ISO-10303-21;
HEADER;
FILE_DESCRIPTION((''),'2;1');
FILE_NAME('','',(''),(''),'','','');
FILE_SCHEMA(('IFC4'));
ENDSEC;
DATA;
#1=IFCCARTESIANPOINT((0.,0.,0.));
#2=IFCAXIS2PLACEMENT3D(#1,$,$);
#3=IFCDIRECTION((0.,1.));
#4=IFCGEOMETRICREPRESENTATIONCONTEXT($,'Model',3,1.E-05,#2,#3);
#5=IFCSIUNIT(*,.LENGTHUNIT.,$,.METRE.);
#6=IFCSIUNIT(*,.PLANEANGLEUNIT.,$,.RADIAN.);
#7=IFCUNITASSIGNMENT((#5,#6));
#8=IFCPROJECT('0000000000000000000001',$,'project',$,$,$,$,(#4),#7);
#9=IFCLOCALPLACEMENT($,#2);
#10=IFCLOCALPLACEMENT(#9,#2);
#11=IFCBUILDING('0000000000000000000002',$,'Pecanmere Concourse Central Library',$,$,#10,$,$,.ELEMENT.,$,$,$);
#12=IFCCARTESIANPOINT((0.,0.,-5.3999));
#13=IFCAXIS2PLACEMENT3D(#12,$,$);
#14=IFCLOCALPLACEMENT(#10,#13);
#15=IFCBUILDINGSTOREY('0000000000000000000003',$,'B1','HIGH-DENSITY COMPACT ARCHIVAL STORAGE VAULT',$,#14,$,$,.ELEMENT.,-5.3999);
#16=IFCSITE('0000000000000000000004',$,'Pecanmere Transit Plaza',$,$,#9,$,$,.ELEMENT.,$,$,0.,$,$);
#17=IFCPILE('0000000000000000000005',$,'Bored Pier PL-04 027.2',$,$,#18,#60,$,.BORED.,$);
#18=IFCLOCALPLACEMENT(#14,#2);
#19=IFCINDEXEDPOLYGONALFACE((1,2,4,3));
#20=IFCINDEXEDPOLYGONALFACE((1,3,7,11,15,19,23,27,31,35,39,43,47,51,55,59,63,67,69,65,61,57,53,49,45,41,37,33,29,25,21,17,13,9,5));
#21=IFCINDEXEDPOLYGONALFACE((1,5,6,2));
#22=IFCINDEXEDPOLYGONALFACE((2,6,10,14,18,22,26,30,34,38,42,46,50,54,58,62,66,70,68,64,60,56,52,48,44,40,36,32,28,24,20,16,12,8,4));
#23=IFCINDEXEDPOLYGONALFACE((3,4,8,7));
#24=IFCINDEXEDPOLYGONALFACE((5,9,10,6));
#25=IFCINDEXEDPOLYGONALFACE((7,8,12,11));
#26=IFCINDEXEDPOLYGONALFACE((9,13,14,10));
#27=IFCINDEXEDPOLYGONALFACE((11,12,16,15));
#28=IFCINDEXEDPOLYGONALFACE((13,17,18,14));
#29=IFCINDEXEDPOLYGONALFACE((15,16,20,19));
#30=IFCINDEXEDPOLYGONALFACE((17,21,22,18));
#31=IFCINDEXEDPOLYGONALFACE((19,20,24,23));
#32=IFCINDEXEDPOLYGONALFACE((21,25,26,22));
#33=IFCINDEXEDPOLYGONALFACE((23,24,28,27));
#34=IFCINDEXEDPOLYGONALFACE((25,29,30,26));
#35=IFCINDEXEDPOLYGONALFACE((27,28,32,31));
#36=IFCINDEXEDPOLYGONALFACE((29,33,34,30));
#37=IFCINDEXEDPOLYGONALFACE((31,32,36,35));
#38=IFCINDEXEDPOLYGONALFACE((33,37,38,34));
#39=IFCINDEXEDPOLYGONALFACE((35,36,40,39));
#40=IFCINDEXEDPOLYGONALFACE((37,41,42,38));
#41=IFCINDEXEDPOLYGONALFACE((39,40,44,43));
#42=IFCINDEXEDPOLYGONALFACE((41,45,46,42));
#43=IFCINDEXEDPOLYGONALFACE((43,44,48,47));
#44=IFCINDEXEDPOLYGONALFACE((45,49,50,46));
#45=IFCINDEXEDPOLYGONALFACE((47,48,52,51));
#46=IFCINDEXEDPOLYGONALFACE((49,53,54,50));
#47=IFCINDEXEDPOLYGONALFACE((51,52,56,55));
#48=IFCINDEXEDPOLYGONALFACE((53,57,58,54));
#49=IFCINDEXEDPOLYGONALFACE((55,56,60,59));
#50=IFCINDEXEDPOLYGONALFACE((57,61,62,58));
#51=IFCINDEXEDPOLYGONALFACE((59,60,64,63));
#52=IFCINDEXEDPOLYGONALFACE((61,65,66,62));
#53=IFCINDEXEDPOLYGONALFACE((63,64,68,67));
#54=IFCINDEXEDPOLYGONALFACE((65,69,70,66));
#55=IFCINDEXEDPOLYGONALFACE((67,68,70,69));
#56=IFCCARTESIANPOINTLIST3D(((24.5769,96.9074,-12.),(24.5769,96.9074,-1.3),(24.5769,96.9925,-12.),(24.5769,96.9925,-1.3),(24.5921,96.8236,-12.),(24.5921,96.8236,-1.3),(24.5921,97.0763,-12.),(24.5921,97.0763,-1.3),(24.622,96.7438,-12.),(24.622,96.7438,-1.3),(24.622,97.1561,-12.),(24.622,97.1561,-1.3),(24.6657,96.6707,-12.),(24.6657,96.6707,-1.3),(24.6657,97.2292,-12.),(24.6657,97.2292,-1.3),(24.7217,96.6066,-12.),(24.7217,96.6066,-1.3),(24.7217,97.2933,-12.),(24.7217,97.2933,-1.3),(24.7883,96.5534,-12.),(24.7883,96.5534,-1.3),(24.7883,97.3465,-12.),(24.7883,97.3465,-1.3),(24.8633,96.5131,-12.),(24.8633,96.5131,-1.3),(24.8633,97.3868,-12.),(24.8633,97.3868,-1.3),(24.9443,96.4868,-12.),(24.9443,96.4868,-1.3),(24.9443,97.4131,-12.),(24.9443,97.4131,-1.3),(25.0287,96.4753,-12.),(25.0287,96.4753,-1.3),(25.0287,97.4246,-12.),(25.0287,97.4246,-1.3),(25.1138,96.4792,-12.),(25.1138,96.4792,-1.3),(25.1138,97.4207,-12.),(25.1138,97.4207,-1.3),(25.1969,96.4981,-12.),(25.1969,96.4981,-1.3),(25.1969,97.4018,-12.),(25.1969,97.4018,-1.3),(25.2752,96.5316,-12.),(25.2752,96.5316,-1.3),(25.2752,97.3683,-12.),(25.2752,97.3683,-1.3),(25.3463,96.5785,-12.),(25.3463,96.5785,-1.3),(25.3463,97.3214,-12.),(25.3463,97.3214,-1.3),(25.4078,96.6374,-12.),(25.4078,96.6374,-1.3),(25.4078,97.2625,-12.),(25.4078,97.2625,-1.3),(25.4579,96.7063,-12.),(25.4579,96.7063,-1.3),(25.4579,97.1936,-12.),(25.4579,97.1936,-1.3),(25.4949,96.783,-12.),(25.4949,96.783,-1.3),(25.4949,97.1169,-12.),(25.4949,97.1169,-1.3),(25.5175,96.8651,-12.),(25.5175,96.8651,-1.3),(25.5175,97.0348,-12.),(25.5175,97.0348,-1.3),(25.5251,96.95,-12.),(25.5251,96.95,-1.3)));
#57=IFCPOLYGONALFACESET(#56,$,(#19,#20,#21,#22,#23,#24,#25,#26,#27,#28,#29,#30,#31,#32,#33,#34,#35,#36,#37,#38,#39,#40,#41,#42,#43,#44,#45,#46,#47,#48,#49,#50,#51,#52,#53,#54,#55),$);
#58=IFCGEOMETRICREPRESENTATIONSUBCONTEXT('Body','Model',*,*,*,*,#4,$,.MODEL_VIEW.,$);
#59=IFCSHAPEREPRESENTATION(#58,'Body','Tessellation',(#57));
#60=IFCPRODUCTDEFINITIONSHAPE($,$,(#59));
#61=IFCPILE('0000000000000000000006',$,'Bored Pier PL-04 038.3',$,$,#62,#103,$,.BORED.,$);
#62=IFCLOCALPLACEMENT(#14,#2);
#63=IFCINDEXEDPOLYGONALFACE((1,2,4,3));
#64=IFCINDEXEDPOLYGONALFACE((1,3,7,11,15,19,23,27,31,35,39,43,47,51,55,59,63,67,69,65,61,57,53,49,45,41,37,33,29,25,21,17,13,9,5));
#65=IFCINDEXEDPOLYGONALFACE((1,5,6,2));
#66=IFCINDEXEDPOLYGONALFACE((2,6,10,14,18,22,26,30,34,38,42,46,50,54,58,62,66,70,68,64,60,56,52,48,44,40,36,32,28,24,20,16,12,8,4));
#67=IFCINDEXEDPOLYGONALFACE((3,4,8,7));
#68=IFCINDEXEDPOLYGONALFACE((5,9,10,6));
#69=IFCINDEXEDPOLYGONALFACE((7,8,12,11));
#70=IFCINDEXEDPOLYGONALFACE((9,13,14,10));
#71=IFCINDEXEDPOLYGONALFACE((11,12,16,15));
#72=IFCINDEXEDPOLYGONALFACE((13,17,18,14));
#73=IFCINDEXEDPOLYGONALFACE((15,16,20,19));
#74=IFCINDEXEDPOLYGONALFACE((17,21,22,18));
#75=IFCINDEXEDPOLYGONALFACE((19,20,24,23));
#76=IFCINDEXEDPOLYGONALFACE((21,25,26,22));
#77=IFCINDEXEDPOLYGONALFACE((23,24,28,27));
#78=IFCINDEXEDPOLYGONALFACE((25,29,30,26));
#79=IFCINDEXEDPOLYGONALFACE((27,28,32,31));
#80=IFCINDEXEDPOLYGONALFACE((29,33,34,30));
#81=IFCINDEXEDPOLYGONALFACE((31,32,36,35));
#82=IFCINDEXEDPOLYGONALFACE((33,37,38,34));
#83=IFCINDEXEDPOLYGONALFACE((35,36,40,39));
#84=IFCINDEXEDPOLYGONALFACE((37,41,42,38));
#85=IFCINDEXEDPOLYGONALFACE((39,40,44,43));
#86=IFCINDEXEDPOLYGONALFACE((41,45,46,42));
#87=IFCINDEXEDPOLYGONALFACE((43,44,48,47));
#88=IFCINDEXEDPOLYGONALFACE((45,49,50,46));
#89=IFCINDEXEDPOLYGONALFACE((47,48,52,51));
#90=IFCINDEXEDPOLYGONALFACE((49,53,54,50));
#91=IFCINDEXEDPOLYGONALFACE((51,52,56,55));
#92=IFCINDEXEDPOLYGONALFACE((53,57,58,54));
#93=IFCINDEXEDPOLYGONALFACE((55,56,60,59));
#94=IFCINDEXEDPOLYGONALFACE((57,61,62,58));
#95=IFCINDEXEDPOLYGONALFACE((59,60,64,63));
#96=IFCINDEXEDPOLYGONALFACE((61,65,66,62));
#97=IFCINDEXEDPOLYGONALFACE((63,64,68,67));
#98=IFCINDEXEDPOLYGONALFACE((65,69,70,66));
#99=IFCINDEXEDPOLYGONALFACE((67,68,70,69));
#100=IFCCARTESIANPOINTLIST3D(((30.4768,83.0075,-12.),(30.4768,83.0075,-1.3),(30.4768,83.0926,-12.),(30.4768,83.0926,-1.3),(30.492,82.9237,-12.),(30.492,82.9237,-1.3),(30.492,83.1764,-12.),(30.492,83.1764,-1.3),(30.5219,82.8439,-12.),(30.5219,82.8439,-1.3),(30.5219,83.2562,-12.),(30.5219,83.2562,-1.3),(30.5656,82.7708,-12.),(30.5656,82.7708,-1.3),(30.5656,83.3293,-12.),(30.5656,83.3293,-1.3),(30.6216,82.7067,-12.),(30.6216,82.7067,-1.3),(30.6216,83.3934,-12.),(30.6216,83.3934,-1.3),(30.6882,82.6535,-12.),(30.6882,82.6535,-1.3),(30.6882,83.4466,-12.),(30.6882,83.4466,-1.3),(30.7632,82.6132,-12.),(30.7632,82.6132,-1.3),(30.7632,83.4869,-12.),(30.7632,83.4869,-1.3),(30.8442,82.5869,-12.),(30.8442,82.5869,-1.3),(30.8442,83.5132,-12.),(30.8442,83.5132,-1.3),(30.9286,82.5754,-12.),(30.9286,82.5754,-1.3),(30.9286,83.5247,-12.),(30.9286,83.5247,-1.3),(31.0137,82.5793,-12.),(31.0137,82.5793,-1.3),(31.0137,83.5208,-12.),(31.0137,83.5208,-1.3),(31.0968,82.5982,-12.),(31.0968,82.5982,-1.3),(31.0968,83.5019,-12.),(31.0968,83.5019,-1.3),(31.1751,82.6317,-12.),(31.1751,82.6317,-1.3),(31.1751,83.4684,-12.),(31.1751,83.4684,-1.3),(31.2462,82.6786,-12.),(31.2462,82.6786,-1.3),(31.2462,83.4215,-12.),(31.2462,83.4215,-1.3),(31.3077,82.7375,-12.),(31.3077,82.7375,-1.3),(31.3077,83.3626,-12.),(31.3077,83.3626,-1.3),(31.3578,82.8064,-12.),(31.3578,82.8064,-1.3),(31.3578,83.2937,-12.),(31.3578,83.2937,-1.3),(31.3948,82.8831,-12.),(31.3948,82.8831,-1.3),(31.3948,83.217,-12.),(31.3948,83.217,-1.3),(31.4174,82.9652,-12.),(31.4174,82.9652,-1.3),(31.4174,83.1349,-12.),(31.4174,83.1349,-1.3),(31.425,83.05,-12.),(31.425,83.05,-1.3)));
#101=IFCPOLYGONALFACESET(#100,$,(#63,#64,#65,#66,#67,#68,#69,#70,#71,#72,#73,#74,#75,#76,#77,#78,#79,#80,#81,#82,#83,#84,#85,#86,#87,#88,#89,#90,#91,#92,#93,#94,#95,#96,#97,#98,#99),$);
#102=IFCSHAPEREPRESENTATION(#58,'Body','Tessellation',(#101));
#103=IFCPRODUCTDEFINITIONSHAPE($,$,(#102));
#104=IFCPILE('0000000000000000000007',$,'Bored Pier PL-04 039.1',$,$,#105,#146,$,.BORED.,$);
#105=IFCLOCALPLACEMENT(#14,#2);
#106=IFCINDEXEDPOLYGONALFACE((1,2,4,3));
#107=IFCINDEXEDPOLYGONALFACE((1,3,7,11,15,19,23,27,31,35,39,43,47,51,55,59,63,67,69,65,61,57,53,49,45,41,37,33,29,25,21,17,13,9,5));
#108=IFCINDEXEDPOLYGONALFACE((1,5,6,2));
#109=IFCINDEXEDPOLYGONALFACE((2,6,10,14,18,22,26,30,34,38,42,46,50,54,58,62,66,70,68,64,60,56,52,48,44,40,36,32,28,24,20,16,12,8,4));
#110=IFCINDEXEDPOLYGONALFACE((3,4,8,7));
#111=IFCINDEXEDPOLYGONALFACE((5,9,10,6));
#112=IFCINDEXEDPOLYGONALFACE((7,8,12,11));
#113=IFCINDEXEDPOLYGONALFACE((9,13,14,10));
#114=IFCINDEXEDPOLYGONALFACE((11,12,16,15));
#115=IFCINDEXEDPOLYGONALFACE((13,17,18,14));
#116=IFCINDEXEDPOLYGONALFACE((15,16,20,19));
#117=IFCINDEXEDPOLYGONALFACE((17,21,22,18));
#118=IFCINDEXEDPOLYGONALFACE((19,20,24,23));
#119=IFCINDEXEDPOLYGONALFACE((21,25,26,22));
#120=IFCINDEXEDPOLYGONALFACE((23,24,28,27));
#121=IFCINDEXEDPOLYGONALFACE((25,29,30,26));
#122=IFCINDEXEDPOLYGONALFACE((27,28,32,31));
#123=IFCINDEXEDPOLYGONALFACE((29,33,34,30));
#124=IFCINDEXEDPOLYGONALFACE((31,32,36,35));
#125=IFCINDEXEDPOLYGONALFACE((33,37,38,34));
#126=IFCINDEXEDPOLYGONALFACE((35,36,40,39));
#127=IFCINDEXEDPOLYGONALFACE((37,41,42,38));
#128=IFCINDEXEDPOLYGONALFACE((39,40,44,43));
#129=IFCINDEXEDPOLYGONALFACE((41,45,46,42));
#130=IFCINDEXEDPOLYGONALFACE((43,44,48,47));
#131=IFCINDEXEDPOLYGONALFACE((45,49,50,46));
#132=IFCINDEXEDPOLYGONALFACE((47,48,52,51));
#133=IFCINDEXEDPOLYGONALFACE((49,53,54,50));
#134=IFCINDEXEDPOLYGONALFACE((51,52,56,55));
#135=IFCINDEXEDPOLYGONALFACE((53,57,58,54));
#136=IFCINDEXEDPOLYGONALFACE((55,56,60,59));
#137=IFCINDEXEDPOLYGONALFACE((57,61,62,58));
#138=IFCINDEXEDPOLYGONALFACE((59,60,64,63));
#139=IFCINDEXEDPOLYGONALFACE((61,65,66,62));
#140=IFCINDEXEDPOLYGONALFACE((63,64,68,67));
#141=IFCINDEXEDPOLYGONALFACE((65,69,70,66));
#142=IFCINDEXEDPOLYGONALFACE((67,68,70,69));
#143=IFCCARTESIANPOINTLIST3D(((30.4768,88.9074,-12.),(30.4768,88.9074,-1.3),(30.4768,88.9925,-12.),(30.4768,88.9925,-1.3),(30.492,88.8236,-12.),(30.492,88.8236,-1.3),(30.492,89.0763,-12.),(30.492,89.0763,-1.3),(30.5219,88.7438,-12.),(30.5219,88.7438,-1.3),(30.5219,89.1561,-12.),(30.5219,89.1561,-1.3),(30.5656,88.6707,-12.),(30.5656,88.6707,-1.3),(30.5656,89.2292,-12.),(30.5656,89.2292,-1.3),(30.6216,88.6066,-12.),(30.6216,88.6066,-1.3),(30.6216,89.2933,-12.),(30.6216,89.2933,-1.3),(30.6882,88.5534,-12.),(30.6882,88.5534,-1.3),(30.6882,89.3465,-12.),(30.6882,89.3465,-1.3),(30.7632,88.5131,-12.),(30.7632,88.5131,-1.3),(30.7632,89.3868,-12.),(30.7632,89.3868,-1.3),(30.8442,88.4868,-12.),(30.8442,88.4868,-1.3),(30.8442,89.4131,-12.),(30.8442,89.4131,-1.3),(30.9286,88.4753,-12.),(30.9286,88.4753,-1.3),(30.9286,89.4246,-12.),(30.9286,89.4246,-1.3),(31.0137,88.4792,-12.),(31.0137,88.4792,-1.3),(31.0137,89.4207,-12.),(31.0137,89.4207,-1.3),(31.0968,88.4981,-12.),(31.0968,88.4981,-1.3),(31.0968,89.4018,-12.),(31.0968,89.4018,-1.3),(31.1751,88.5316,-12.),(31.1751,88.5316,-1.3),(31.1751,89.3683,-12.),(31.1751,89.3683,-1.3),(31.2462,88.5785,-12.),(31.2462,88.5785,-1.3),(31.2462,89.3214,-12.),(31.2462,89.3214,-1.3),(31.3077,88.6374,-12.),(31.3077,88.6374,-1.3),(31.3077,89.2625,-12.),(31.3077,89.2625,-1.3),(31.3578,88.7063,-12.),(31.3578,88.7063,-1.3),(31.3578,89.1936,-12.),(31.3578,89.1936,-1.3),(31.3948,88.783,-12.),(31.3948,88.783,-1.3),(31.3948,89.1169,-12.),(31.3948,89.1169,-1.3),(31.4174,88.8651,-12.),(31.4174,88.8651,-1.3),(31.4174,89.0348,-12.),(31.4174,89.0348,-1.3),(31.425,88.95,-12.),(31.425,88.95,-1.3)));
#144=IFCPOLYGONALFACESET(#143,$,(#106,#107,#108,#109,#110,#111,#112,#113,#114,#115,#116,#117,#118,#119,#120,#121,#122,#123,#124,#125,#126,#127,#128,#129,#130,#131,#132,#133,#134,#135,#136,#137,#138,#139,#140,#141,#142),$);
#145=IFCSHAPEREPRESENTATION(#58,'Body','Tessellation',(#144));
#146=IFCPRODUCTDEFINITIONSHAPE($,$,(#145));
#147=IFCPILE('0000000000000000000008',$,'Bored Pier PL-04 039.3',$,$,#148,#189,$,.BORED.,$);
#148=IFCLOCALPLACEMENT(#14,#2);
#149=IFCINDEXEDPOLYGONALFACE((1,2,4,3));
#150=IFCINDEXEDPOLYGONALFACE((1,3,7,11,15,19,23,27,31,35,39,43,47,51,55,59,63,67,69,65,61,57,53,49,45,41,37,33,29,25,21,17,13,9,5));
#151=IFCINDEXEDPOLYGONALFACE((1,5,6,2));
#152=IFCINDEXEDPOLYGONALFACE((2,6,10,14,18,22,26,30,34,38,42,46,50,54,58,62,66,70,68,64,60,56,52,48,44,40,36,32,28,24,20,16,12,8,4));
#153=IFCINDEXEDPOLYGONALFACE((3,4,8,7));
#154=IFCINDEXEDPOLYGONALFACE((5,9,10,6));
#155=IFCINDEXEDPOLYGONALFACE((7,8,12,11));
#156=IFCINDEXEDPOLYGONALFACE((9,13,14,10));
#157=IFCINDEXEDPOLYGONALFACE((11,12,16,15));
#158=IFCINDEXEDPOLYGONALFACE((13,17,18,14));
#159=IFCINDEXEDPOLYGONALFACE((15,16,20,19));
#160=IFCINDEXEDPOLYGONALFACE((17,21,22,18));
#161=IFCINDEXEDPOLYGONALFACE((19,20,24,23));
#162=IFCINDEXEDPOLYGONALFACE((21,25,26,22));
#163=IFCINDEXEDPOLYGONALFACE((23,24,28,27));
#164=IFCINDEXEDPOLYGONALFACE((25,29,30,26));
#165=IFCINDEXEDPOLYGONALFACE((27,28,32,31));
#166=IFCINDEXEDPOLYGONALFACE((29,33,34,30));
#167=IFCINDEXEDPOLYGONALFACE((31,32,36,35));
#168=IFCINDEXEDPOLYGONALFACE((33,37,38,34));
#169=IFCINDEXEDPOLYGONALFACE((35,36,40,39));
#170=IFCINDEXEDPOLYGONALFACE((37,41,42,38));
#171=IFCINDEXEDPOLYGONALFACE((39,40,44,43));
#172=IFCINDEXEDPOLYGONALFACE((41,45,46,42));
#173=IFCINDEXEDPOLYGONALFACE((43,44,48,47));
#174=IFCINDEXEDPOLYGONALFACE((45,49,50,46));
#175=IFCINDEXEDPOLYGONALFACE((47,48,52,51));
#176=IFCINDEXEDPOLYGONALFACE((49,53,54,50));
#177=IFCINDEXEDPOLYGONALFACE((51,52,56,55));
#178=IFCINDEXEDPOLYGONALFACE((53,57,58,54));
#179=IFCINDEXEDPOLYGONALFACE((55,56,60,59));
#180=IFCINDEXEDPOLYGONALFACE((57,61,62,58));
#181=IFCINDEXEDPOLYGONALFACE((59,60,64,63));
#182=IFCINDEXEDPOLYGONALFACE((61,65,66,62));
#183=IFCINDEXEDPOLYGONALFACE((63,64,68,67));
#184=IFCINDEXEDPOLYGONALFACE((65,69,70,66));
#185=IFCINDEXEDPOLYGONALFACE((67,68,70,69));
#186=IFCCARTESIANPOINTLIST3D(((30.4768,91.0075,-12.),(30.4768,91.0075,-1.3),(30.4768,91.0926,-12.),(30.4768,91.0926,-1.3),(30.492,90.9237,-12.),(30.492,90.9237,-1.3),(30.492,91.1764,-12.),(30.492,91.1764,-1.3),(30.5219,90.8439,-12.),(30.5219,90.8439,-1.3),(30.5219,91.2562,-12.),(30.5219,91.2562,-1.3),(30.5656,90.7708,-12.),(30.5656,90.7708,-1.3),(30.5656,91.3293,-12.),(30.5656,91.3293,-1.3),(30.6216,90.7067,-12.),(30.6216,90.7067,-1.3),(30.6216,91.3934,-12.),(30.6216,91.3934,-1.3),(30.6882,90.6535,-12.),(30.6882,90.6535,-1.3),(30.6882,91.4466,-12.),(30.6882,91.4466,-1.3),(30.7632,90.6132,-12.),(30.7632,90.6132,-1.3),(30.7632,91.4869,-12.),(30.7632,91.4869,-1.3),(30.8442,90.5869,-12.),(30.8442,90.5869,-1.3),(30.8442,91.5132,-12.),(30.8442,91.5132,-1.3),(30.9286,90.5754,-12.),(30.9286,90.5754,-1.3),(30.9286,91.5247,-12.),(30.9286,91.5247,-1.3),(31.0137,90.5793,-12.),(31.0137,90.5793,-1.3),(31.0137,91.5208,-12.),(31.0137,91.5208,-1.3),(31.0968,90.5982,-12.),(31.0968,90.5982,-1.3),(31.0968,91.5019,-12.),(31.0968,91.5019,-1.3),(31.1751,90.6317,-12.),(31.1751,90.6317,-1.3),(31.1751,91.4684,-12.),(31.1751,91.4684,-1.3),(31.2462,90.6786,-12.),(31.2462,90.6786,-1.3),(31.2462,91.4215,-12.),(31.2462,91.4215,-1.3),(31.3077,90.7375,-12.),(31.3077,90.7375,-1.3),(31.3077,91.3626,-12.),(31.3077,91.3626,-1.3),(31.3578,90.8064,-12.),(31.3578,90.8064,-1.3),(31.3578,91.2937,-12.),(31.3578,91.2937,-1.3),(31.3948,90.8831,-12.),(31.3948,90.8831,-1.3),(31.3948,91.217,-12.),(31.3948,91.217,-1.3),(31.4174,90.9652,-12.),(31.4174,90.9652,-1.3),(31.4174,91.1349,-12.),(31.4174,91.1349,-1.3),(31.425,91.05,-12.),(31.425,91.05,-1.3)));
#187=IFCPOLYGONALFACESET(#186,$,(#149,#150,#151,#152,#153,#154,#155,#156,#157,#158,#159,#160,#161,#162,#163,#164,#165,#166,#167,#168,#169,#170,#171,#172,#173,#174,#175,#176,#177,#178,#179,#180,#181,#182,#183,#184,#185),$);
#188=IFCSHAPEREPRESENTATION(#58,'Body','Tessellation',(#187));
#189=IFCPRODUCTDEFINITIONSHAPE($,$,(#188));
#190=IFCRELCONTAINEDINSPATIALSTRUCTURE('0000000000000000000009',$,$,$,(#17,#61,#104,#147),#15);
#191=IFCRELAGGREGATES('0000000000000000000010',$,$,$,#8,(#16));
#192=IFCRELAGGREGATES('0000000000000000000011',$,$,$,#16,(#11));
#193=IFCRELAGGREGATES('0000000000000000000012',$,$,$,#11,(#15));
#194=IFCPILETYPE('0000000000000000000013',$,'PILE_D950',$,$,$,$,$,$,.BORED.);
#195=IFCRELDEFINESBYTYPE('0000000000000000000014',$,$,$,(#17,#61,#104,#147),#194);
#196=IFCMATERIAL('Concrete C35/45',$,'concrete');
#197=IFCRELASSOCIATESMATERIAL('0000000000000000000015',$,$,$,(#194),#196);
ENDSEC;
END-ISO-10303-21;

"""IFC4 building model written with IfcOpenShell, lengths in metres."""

from ifc_helpers import new_model, si_unit, direction, frame, origin, origin_2d, place, context, subcontext, project, spatial, circle, extrude, material, material_profile, profile_set, type_object, element, save


model = new_model("IFC4")

# Units and contexts
model_context = context("Model", 3, precision=1e-05, world=origin(), true_north=direction((0.0, 1.0)))
body_context = subcontext(model_context, "Body", "Model", "MODEL_VIEW")
ifc_project = project(units=[si_unit("LENGTHUNIT", "METRE"), si_unit("PLANEANGLEUNIT", "RADIAN")], contexts=[model_context])

# Site, building, storey
site_placement = place(None, origin())
site = spatial("IfcSite", under=ifc_project, at=site_placement, Name="Pecanmere Transit Plaza", CompositionType="ELEMENT", RefElevation=0.0)
building_placement = place(site_placement, origin())
building = spatial("IfcBuilding", under=site, at=building_placement, Name="Pecanmere Concourse Central Library", CompositionType="ELEMENT")
storey_placement = place(building_placement, frame((0.0, 0.0, -5.3999)))
storey = spatial("IfcBuildingStorey", under=building, at=storey_placement, Name="B1", Description="HIGH-DENSITY COMPACT ARCHIVAL STORAGE VAULT", CompositionType="ELEMENT", Elevation=-5.3999)

# Piles
ifc_material_1 = material(Name="Concrete C35/45", Category="concrete")
ifc_material_profile_1 = material_profile(ifc_material_1, circle(Radius=0.4751, at=origin_2d()), Name="PIER D950")
ifc_profile_set_1 = profile_set([ifc_material_profile_1], Name="Concrete C35/45")
pile_type = type_object("IfcPileType", Name="PILE_D950", PredefinedType="BORED", material=ifc_profile_set_1)
for number, where, z_axis, x_axis, name in (
    (1, (25.05, 96.95, -1.3), (0.0, 0.0, -1.0), (1.0, 0.0, 0.0), "Bored Pier PL-04 027.2"),
    (2, (30.95, 83.05, -1.3), (0.0, 0.0, -1.0), (1.0, 0.0, 0.0), "Bored Pier PL-04 038.3"),
    (3, (30.95, 88.95, -1.3), (0.0, 0.0, -1.0), (1.0, 0.0, 0.0), "Bored Pier PL-04 039.1"),
    (4, (30.95, 91.05, -1.3), (0.0, 0.0, -1.0), (1.0, 0.0, 0.0), "Bored Pier PL-04 039.3"),
):
    element("IfcPile", number, at=place(storey_placement, frame(where, z_axis=z_axis, x_axis=x_axis)), inside=storey, type_object=pile_type, Name=name, PredefinedType="BORED", context=body_context, shape_type="SweptSolid", body=[
        extrude(circle(Radius=0.4751, at=origin_2d()), origin(), (0.0, 0.0, 1.0), 10.7),
    ])

save(model, "model.ifc")
